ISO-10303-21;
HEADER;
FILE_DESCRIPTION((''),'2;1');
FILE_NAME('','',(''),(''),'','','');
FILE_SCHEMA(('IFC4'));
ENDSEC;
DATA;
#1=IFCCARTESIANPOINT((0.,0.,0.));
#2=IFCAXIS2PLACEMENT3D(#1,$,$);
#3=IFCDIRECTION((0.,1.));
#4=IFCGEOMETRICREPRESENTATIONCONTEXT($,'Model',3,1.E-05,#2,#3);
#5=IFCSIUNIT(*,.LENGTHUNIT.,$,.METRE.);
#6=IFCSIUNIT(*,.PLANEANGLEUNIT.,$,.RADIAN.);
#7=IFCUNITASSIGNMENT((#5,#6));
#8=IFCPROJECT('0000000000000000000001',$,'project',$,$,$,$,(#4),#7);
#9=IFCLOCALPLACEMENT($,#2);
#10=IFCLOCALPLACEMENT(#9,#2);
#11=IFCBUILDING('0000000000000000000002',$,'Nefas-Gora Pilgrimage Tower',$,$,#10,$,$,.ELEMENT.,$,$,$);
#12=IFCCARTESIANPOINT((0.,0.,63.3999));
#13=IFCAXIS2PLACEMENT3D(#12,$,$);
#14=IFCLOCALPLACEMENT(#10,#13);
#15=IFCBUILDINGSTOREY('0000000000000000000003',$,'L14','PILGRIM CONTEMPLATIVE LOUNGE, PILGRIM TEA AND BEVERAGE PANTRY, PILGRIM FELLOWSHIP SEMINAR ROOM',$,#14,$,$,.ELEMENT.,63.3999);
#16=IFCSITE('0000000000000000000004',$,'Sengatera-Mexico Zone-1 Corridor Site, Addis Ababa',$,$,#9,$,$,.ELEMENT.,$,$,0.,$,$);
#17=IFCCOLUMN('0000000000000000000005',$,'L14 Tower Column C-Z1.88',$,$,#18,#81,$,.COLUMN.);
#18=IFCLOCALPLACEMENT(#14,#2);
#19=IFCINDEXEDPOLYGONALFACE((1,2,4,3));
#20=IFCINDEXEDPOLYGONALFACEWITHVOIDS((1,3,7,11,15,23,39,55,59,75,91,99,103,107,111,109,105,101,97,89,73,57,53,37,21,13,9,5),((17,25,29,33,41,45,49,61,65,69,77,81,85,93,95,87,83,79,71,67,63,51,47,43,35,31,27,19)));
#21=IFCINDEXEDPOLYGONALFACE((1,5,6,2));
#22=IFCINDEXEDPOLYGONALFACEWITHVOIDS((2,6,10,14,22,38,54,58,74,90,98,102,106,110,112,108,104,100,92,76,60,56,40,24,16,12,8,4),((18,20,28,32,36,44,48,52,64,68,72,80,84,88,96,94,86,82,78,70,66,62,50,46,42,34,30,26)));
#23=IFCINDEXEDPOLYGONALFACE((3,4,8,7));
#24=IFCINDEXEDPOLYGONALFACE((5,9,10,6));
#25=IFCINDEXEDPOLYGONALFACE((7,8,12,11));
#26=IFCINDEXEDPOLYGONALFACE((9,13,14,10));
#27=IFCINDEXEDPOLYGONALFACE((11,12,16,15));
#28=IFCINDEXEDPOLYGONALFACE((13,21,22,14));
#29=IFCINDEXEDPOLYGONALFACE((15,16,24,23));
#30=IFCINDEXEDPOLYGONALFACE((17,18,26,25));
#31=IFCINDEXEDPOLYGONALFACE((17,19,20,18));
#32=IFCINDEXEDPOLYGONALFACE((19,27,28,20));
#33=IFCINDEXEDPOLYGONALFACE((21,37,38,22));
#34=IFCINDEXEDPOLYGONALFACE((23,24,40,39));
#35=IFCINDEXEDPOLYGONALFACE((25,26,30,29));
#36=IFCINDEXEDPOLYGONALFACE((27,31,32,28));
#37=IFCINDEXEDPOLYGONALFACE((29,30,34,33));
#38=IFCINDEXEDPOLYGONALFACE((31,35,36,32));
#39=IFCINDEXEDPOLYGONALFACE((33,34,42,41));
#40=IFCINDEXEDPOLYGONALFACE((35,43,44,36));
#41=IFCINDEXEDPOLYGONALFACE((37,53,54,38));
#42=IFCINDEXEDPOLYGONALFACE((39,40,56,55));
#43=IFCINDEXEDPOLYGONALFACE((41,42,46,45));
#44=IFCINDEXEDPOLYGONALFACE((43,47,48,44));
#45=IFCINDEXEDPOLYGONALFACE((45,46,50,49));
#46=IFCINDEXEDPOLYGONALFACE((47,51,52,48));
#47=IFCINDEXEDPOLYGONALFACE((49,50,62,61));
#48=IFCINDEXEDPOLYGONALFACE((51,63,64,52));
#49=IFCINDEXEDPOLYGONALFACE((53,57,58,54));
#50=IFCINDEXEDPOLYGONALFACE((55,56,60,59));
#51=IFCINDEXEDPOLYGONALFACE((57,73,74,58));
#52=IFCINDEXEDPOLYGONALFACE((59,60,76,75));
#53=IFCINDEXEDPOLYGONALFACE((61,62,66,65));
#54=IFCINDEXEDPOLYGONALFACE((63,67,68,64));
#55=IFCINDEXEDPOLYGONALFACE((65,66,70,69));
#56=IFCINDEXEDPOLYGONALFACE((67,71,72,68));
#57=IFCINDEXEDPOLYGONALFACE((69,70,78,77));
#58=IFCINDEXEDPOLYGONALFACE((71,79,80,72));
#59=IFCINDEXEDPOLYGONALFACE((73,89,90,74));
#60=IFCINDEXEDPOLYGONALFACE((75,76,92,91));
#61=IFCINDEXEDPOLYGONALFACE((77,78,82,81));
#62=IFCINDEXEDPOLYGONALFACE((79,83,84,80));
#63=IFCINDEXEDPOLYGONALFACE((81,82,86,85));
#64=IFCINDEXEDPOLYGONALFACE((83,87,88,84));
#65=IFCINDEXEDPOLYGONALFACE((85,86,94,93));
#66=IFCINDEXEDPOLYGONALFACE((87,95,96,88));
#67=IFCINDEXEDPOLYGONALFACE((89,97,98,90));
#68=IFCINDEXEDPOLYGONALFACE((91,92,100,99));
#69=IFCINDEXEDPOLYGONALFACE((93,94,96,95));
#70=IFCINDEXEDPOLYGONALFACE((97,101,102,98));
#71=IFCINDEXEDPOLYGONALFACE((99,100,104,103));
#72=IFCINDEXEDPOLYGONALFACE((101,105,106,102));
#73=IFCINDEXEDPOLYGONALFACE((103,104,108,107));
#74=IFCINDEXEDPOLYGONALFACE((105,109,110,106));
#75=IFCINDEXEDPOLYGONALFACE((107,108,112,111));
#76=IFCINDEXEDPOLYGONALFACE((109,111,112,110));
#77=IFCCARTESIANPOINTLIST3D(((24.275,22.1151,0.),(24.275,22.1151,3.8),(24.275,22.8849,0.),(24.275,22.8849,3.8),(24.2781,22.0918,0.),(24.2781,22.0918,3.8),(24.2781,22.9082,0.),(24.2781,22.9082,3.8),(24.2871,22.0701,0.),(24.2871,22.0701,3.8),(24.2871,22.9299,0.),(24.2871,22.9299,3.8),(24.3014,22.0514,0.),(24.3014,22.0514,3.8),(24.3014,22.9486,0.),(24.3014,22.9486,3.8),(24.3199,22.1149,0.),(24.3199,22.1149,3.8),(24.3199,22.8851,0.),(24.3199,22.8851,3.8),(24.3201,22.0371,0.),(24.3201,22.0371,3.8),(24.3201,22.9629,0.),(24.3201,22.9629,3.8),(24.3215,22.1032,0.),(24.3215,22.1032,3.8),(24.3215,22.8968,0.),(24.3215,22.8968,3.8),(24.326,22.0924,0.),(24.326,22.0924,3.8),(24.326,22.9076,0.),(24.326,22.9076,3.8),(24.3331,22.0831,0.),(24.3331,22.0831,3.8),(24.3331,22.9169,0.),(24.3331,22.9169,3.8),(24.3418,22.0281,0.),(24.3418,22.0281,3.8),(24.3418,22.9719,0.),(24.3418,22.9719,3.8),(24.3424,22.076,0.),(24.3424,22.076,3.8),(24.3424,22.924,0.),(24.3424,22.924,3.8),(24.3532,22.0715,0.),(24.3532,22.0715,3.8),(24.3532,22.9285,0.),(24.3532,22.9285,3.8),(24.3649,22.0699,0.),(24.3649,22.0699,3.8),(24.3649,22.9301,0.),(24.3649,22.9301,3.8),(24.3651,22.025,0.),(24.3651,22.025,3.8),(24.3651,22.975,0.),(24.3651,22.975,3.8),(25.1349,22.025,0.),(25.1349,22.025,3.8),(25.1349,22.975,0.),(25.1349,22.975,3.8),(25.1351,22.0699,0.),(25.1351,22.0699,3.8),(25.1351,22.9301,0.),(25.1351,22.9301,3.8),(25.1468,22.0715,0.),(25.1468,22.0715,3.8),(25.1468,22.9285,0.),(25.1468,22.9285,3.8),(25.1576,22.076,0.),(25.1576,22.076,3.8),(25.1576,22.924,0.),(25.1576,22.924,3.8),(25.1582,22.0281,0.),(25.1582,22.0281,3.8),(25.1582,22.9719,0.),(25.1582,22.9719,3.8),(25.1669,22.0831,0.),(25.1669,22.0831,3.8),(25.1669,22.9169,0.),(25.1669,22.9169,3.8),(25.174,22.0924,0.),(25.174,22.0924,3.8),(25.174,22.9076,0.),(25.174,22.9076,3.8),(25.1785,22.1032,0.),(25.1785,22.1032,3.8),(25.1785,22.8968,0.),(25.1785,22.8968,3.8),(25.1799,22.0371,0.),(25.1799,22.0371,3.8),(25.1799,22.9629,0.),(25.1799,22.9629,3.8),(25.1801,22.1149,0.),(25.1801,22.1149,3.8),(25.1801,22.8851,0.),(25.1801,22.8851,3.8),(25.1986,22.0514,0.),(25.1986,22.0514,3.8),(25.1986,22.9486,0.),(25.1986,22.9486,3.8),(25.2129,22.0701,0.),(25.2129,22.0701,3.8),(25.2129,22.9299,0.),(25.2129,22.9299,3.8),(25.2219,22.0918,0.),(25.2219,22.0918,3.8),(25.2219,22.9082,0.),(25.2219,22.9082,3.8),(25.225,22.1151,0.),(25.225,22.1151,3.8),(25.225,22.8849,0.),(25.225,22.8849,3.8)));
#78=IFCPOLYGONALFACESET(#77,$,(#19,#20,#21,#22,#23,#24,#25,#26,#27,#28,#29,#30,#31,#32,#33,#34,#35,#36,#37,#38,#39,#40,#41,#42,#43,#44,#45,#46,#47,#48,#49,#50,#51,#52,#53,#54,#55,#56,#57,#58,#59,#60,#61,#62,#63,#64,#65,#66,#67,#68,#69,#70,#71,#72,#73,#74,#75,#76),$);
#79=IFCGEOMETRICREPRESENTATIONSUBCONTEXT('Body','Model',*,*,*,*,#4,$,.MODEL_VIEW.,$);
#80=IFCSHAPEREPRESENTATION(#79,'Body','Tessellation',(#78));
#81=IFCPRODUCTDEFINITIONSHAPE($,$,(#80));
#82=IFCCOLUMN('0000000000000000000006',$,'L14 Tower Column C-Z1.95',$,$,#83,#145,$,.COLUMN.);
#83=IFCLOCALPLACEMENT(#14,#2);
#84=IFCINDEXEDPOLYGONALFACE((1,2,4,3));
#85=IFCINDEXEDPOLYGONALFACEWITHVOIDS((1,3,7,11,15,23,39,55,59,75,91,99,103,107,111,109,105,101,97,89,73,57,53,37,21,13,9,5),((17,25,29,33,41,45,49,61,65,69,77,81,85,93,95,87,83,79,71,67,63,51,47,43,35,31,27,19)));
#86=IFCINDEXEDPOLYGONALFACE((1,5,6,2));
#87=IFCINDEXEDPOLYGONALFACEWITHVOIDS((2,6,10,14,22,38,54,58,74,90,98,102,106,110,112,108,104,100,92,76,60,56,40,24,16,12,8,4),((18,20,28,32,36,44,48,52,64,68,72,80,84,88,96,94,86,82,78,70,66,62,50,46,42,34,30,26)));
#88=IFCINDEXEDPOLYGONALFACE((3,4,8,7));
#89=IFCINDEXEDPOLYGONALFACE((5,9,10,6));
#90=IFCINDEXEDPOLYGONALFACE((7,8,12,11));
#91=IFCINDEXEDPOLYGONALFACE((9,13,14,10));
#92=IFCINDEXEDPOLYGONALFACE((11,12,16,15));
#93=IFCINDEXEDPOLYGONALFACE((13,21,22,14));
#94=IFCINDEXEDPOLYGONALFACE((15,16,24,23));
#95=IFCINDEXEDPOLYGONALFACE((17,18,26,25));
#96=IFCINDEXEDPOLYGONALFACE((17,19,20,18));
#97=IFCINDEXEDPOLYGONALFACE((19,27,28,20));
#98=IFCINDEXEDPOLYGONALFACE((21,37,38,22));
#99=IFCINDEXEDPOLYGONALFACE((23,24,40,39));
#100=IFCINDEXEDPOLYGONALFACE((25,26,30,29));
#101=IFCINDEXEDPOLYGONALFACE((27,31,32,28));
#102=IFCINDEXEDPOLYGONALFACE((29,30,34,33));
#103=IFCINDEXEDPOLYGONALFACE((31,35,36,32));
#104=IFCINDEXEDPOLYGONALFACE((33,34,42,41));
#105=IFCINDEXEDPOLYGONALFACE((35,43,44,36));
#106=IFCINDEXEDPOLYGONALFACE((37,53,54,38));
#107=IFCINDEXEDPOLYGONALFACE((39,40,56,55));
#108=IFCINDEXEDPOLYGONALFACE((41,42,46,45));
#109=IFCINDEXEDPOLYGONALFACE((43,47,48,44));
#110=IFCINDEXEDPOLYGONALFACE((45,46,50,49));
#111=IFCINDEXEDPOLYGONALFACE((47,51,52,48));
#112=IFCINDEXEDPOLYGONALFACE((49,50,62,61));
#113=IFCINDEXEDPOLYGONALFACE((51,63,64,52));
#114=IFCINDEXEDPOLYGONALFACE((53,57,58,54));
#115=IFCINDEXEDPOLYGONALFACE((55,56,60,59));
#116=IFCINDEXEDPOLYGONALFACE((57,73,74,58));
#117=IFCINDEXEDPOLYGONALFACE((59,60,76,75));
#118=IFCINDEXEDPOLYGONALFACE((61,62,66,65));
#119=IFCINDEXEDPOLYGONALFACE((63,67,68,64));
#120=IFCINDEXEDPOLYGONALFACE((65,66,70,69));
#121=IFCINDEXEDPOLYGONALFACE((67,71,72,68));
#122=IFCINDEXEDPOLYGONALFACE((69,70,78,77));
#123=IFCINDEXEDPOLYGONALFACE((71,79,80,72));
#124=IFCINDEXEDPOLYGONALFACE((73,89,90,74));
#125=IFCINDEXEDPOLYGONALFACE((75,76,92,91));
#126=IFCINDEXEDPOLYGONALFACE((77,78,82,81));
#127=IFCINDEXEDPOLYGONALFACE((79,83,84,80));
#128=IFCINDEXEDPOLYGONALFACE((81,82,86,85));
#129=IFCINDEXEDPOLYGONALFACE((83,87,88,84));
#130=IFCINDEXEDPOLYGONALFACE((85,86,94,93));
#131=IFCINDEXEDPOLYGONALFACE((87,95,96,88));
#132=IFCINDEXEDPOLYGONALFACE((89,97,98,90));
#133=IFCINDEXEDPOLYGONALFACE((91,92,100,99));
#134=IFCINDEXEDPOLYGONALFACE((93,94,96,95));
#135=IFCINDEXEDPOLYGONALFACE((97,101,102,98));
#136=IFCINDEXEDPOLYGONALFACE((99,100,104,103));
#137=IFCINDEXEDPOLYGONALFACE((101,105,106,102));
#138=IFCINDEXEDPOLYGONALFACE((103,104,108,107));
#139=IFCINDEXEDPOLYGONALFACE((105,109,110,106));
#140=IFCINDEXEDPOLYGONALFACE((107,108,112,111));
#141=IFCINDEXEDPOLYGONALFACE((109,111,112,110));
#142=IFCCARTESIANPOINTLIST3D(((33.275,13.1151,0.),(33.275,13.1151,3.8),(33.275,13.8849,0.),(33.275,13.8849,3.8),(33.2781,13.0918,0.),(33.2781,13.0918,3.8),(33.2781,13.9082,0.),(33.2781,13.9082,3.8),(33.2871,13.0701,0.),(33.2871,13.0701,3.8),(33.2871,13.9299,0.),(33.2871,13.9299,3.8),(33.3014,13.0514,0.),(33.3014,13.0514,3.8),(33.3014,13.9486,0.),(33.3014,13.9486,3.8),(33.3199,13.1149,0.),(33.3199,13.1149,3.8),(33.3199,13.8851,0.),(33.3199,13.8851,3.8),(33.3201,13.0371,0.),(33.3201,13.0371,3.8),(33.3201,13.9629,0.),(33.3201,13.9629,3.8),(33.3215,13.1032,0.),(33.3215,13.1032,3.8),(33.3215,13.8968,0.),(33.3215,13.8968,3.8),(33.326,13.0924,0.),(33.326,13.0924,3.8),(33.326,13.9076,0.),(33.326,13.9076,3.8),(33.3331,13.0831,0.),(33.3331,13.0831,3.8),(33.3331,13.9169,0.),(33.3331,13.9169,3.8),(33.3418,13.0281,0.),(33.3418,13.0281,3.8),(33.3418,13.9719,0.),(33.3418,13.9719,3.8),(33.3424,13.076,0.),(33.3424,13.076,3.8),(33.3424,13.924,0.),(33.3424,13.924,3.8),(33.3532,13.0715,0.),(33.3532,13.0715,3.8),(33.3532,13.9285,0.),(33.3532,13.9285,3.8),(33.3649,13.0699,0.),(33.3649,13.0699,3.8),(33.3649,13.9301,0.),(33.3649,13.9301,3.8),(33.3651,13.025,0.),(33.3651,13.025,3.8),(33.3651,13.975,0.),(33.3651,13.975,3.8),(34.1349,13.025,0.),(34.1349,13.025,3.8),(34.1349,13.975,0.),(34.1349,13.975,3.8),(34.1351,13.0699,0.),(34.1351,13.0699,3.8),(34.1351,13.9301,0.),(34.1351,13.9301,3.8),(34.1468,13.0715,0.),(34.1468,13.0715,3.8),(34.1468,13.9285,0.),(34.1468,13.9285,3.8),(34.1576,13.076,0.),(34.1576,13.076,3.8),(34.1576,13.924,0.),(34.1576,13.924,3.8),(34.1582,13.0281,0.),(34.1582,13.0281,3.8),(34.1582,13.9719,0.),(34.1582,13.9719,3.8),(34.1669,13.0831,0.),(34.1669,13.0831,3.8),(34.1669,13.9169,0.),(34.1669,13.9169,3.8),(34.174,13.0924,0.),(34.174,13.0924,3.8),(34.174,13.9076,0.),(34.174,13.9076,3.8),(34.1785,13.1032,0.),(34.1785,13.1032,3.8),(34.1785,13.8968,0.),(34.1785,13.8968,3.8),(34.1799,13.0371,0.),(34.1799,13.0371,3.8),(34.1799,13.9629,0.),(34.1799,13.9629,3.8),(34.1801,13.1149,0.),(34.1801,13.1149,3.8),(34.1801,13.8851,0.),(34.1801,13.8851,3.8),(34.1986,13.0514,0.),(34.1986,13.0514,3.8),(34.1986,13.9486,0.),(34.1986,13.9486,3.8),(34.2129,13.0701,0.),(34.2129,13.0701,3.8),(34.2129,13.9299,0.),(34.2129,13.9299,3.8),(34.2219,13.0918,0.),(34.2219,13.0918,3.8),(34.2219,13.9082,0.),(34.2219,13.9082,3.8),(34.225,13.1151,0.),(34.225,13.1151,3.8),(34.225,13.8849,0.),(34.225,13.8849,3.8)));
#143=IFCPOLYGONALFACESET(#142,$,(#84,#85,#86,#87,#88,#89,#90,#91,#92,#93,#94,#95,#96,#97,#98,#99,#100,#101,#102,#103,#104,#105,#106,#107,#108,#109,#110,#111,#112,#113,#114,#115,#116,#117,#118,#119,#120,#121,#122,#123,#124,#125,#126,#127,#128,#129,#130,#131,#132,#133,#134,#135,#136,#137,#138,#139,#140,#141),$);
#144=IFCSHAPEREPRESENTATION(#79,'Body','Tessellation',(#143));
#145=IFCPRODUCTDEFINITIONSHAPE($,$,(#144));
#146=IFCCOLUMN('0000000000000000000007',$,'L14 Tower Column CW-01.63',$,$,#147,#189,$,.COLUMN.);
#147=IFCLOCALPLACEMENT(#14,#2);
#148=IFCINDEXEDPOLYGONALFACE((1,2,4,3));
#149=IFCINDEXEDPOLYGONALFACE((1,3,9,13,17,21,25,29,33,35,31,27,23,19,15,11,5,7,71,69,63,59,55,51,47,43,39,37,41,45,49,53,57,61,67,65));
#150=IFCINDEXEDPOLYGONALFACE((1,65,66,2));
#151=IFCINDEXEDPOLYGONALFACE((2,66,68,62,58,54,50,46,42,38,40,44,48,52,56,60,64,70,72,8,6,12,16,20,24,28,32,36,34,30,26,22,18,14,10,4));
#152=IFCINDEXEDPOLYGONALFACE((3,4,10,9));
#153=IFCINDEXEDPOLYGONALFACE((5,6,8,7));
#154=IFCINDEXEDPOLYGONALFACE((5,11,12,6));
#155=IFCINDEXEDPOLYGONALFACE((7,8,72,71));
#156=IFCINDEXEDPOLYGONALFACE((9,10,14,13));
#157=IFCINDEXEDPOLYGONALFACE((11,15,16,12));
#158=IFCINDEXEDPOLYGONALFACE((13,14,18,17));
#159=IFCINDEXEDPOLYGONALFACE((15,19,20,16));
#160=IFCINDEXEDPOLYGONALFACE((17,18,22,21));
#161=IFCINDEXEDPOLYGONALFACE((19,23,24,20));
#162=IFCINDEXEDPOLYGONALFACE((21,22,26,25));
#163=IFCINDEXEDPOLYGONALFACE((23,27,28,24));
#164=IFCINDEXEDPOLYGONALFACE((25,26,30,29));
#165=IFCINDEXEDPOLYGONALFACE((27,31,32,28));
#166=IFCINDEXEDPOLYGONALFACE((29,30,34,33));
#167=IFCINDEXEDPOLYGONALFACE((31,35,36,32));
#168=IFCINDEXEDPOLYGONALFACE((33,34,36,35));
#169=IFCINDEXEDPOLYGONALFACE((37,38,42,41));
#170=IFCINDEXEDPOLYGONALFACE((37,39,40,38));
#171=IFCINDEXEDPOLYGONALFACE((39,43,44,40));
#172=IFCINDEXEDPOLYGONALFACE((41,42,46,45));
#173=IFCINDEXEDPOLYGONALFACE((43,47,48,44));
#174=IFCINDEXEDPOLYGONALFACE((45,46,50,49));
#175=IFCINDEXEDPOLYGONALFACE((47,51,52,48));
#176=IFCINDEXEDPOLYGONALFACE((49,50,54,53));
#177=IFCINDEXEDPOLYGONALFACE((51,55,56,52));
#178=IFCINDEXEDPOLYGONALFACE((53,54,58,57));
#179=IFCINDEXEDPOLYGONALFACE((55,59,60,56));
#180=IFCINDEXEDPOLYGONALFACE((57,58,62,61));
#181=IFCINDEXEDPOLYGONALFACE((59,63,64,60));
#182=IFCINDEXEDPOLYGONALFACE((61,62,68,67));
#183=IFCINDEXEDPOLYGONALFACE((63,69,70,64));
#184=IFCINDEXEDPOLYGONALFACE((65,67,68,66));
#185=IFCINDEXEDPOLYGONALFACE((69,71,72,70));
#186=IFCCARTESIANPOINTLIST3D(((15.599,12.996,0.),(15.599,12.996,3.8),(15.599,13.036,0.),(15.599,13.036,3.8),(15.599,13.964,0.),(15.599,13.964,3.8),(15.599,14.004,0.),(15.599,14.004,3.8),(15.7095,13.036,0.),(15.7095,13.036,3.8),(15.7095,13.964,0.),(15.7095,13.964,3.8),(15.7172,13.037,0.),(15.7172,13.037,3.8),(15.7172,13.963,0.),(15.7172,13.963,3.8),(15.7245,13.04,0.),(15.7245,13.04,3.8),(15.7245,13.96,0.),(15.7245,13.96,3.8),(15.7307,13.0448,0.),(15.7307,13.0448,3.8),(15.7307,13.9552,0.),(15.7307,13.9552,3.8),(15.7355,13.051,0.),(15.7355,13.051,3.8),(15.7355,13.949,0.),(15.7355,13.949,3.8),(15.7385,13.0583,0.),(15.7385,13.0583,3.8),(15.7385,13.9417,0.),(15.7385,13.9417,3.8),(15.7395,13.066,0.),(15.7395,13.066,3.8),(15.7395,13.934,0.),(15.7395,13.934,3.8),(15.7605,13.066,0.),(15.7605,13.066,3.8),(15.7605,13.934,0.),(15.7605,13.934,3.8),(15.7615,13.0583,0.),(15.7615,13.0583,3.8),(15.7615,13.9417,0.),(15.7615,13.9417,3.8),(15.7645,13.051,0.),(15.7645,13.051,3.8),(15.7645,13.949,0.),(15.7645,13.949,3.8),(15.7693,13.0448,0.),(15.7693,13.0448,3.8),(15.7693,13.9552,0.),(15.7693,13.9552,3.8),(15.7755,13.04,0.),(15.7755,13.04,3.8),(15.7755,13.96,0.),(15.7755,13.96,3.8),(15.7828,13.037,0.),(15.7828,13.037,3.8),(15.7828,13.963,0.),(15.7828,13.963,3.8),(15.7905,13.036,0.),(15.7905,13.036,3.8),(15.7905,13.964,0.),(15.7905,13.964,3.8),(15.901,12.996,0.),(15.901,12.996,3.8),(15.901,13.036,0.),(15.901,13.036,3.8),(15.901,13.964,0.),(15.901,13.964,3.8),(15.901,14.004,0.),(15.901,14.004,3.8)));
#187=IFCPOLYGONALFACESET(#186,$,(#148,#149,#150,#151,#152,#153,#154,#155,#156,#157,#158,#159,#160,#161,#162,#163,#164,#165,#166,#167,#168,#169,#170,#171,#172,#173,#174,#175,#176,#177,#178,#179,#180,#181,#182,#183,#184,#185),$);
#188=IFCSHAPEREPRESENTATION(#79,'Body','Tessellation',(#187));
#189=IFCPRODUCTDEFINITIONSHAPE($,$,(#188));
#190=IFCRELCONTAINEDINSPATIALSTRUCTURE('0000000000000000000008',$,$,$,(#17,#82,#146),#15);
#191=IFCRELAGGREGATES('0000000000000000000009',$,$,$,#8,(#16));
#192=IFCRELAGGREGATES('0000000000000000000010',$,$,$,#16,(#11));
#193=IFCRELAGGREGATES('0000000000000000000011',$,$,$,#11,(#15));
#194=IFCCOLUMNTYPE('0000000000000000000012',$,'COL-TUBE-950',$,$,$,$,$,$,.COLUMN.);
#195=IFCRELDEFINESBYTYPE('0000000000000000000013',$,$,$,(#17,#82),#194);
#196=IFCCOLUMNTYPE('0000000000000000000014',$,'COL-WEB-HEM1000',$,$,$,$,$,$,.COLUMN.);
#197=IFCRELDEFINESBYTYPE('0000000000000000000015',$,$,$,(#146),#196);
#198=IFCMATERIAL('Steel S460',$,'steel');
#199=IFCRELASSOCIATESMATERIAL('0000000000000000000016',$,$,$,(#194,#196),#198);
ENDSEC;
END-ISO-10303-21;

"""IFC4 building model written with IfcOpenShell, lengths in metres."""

from ifc_helpers import new_model, si_unit, direction, frame, origin, origin_2d, place, context, subcontext, project, spatial, hollow_rectangle, i_section, extrude, source, transform, mapped, material, material_profile, profile_set, type_object, element, save


model = new_model("IFC4")

# Units and contexts
model_context = context("Model", 3, precision=1e-05, world=origin(), true_north=direction((0.0, 1.0)))
body_context = subcontext(model_context, "Body", "Model", "MODEL_VIEW")
ifc_project = project(units=[si_unit("LENGTHUNIT", "METRE"), si_unit("PLANEANGLEUNIT", "RADIAN")], contexts=[model_context])

# Site, building, storey
site_placement = place(None, origin())
site = spatial("IfcSite", under=ifc_project, at=site_placement, Name="Sengatera-Mexico Zone-1 Corridor Site, Addis Ababa", CompositionType="ELEMENT", RefElevation=0.0)
building_placement = place(site_placement, origin())
building = spatial("IfcBuilding", under=site, at=building_placement, Name="Nefas-Gora Pilgrimage Tower", CompositionType="ELEMENT")
storey_placement = place(building_placement, frame((0.0, 0.0, 63.3999)))
storey = spatial("IfcBuildingStorey", under=building, at=storey_placement, Name="L14", Description="PILGRIM CONTEMPLATIVE LOUNGE, PILGRIM TEA AND BEVERAGE PANTRY, PILGRIM FELLOWSHIP SEMINAR ROOM", CompositionType="ELEMENT", Elevation=63.3999)

# Columns
ifc_material_1 = material(Name="Steel S460", Category="steel")
ifc_material_profile_1 = material_profile(ifc_material_1, hollow_rectangle(XDim=0.95, YDim=0.95, WallThickness=0.0449, InnerFilletRadius=0.0449, OuterFilletRadius=0.0901, at=origin_2d()), Name="BOX 950x950x45")
ifc_profile_set_1 = profile_set([ifc_material_profile_1], Name="Steel S460")
column_type_1 = type_object("IfcColumnType", Name="COL-TUBE-950", PredefinedType="COLUMN", material=ifc_profile_set_1)
shared_shape_1 = source(origin(), body_context, "Body", "SweptSolid", [
    extrude(hollow_rectangle(XDim=0.95, YDim=0.95, WallThickness=0.0449, InnerFilletRadius=0.0449, OuterFilletRadius=0.0901, at=origin_2d()), origin(), (0.0, 0.0, 1.0), 3.8),
])
for number, where, z_axis, x_axis, name in (
    (1, (24.75, 22.5, 0.0), (0.0, 0.0, 1.0), (1.0, 0.0, 0.0), "L14 Tower Column C-Z1.88"),
    (2, (33.75, 13.5, 0.0), (0.0, 0.0, 1.0), (1.0, 0.0, 0.0), "L14 Tower Column C-Z1.95"),
):
    element("IfcColumn", number, at=place(storey_placement, frame(where, z_axis=z_axis, x_axis=x_axis)), inside=storey, type_object=column_type_1, Name=name, PredefinedType="COLUMN", context=body_context, shape_type="MappedRepresentation", body=[
        mapped(shared_shape_1, transform((0.0, 0.0, 0.0), x_axis=(1.0, 0.0, 0.0), y_axis=(0.0, 1.0, 0.0), z_axis=(0.0, 0.0, 1.0), scale=1.0)),
    ])
ifc_material_profile_2 = material_profile(ifc_material_1, i_section(OverallWidth=0.302, OverallDepth=1.0081, WebThickness=0.021, FlangeThickness=0.04, FilletRadius=0.03, at=origin_2d()), Name="HEM 1000")
ifc_profile_set_2 = profile_set([ifc_material_profile_2], Name="Steel S460")
column_type_2 = type_object("IfcColumnType", Name="COL-WEB-HEM1000", PredefinedType="COLUMN", material=ifc_profile_set_2)
shared_shape_2 = source(origin(), body_context, "Body", "SweptSolid", [
    extrude(i_section(OverallWidth=0.302, OverallDepth=1.0081, WebThickness=0.021, FlangeThickness=0.04, FilletRadius=0.03, at=origin_2d()), origin(), (0.0, 0.0, 1.0), 3.8),
])
for number, where, z_axis, x_axis, name in (
    (3, (15.75, 13.5, 0.0), (0.0, 0.0, 1.0), (1.0, 0.0, 0.0), "L14 Tower Column CW-01.63"),
):
    element("IfcColumn", number, at=place(storey_placement, frame(where, z_axis=z_axis, x_axis=x_axis)), inside=storey, type_object=column_type_2, Name=name, PredefinedType="COLUMN", context=body_context, shape_type="MappedRepresentation", body=[
        mapped(shared_shape_2, transform((0.0, 0.0, 0.0), x_axis=(1.0, 0.0, 0.0), y_axis=(0.0, 1.0, 0.0), z_axis=(0.0, 0.0, 1.0), scale=1.0)),
    ])

save(model, "model.ifc")
